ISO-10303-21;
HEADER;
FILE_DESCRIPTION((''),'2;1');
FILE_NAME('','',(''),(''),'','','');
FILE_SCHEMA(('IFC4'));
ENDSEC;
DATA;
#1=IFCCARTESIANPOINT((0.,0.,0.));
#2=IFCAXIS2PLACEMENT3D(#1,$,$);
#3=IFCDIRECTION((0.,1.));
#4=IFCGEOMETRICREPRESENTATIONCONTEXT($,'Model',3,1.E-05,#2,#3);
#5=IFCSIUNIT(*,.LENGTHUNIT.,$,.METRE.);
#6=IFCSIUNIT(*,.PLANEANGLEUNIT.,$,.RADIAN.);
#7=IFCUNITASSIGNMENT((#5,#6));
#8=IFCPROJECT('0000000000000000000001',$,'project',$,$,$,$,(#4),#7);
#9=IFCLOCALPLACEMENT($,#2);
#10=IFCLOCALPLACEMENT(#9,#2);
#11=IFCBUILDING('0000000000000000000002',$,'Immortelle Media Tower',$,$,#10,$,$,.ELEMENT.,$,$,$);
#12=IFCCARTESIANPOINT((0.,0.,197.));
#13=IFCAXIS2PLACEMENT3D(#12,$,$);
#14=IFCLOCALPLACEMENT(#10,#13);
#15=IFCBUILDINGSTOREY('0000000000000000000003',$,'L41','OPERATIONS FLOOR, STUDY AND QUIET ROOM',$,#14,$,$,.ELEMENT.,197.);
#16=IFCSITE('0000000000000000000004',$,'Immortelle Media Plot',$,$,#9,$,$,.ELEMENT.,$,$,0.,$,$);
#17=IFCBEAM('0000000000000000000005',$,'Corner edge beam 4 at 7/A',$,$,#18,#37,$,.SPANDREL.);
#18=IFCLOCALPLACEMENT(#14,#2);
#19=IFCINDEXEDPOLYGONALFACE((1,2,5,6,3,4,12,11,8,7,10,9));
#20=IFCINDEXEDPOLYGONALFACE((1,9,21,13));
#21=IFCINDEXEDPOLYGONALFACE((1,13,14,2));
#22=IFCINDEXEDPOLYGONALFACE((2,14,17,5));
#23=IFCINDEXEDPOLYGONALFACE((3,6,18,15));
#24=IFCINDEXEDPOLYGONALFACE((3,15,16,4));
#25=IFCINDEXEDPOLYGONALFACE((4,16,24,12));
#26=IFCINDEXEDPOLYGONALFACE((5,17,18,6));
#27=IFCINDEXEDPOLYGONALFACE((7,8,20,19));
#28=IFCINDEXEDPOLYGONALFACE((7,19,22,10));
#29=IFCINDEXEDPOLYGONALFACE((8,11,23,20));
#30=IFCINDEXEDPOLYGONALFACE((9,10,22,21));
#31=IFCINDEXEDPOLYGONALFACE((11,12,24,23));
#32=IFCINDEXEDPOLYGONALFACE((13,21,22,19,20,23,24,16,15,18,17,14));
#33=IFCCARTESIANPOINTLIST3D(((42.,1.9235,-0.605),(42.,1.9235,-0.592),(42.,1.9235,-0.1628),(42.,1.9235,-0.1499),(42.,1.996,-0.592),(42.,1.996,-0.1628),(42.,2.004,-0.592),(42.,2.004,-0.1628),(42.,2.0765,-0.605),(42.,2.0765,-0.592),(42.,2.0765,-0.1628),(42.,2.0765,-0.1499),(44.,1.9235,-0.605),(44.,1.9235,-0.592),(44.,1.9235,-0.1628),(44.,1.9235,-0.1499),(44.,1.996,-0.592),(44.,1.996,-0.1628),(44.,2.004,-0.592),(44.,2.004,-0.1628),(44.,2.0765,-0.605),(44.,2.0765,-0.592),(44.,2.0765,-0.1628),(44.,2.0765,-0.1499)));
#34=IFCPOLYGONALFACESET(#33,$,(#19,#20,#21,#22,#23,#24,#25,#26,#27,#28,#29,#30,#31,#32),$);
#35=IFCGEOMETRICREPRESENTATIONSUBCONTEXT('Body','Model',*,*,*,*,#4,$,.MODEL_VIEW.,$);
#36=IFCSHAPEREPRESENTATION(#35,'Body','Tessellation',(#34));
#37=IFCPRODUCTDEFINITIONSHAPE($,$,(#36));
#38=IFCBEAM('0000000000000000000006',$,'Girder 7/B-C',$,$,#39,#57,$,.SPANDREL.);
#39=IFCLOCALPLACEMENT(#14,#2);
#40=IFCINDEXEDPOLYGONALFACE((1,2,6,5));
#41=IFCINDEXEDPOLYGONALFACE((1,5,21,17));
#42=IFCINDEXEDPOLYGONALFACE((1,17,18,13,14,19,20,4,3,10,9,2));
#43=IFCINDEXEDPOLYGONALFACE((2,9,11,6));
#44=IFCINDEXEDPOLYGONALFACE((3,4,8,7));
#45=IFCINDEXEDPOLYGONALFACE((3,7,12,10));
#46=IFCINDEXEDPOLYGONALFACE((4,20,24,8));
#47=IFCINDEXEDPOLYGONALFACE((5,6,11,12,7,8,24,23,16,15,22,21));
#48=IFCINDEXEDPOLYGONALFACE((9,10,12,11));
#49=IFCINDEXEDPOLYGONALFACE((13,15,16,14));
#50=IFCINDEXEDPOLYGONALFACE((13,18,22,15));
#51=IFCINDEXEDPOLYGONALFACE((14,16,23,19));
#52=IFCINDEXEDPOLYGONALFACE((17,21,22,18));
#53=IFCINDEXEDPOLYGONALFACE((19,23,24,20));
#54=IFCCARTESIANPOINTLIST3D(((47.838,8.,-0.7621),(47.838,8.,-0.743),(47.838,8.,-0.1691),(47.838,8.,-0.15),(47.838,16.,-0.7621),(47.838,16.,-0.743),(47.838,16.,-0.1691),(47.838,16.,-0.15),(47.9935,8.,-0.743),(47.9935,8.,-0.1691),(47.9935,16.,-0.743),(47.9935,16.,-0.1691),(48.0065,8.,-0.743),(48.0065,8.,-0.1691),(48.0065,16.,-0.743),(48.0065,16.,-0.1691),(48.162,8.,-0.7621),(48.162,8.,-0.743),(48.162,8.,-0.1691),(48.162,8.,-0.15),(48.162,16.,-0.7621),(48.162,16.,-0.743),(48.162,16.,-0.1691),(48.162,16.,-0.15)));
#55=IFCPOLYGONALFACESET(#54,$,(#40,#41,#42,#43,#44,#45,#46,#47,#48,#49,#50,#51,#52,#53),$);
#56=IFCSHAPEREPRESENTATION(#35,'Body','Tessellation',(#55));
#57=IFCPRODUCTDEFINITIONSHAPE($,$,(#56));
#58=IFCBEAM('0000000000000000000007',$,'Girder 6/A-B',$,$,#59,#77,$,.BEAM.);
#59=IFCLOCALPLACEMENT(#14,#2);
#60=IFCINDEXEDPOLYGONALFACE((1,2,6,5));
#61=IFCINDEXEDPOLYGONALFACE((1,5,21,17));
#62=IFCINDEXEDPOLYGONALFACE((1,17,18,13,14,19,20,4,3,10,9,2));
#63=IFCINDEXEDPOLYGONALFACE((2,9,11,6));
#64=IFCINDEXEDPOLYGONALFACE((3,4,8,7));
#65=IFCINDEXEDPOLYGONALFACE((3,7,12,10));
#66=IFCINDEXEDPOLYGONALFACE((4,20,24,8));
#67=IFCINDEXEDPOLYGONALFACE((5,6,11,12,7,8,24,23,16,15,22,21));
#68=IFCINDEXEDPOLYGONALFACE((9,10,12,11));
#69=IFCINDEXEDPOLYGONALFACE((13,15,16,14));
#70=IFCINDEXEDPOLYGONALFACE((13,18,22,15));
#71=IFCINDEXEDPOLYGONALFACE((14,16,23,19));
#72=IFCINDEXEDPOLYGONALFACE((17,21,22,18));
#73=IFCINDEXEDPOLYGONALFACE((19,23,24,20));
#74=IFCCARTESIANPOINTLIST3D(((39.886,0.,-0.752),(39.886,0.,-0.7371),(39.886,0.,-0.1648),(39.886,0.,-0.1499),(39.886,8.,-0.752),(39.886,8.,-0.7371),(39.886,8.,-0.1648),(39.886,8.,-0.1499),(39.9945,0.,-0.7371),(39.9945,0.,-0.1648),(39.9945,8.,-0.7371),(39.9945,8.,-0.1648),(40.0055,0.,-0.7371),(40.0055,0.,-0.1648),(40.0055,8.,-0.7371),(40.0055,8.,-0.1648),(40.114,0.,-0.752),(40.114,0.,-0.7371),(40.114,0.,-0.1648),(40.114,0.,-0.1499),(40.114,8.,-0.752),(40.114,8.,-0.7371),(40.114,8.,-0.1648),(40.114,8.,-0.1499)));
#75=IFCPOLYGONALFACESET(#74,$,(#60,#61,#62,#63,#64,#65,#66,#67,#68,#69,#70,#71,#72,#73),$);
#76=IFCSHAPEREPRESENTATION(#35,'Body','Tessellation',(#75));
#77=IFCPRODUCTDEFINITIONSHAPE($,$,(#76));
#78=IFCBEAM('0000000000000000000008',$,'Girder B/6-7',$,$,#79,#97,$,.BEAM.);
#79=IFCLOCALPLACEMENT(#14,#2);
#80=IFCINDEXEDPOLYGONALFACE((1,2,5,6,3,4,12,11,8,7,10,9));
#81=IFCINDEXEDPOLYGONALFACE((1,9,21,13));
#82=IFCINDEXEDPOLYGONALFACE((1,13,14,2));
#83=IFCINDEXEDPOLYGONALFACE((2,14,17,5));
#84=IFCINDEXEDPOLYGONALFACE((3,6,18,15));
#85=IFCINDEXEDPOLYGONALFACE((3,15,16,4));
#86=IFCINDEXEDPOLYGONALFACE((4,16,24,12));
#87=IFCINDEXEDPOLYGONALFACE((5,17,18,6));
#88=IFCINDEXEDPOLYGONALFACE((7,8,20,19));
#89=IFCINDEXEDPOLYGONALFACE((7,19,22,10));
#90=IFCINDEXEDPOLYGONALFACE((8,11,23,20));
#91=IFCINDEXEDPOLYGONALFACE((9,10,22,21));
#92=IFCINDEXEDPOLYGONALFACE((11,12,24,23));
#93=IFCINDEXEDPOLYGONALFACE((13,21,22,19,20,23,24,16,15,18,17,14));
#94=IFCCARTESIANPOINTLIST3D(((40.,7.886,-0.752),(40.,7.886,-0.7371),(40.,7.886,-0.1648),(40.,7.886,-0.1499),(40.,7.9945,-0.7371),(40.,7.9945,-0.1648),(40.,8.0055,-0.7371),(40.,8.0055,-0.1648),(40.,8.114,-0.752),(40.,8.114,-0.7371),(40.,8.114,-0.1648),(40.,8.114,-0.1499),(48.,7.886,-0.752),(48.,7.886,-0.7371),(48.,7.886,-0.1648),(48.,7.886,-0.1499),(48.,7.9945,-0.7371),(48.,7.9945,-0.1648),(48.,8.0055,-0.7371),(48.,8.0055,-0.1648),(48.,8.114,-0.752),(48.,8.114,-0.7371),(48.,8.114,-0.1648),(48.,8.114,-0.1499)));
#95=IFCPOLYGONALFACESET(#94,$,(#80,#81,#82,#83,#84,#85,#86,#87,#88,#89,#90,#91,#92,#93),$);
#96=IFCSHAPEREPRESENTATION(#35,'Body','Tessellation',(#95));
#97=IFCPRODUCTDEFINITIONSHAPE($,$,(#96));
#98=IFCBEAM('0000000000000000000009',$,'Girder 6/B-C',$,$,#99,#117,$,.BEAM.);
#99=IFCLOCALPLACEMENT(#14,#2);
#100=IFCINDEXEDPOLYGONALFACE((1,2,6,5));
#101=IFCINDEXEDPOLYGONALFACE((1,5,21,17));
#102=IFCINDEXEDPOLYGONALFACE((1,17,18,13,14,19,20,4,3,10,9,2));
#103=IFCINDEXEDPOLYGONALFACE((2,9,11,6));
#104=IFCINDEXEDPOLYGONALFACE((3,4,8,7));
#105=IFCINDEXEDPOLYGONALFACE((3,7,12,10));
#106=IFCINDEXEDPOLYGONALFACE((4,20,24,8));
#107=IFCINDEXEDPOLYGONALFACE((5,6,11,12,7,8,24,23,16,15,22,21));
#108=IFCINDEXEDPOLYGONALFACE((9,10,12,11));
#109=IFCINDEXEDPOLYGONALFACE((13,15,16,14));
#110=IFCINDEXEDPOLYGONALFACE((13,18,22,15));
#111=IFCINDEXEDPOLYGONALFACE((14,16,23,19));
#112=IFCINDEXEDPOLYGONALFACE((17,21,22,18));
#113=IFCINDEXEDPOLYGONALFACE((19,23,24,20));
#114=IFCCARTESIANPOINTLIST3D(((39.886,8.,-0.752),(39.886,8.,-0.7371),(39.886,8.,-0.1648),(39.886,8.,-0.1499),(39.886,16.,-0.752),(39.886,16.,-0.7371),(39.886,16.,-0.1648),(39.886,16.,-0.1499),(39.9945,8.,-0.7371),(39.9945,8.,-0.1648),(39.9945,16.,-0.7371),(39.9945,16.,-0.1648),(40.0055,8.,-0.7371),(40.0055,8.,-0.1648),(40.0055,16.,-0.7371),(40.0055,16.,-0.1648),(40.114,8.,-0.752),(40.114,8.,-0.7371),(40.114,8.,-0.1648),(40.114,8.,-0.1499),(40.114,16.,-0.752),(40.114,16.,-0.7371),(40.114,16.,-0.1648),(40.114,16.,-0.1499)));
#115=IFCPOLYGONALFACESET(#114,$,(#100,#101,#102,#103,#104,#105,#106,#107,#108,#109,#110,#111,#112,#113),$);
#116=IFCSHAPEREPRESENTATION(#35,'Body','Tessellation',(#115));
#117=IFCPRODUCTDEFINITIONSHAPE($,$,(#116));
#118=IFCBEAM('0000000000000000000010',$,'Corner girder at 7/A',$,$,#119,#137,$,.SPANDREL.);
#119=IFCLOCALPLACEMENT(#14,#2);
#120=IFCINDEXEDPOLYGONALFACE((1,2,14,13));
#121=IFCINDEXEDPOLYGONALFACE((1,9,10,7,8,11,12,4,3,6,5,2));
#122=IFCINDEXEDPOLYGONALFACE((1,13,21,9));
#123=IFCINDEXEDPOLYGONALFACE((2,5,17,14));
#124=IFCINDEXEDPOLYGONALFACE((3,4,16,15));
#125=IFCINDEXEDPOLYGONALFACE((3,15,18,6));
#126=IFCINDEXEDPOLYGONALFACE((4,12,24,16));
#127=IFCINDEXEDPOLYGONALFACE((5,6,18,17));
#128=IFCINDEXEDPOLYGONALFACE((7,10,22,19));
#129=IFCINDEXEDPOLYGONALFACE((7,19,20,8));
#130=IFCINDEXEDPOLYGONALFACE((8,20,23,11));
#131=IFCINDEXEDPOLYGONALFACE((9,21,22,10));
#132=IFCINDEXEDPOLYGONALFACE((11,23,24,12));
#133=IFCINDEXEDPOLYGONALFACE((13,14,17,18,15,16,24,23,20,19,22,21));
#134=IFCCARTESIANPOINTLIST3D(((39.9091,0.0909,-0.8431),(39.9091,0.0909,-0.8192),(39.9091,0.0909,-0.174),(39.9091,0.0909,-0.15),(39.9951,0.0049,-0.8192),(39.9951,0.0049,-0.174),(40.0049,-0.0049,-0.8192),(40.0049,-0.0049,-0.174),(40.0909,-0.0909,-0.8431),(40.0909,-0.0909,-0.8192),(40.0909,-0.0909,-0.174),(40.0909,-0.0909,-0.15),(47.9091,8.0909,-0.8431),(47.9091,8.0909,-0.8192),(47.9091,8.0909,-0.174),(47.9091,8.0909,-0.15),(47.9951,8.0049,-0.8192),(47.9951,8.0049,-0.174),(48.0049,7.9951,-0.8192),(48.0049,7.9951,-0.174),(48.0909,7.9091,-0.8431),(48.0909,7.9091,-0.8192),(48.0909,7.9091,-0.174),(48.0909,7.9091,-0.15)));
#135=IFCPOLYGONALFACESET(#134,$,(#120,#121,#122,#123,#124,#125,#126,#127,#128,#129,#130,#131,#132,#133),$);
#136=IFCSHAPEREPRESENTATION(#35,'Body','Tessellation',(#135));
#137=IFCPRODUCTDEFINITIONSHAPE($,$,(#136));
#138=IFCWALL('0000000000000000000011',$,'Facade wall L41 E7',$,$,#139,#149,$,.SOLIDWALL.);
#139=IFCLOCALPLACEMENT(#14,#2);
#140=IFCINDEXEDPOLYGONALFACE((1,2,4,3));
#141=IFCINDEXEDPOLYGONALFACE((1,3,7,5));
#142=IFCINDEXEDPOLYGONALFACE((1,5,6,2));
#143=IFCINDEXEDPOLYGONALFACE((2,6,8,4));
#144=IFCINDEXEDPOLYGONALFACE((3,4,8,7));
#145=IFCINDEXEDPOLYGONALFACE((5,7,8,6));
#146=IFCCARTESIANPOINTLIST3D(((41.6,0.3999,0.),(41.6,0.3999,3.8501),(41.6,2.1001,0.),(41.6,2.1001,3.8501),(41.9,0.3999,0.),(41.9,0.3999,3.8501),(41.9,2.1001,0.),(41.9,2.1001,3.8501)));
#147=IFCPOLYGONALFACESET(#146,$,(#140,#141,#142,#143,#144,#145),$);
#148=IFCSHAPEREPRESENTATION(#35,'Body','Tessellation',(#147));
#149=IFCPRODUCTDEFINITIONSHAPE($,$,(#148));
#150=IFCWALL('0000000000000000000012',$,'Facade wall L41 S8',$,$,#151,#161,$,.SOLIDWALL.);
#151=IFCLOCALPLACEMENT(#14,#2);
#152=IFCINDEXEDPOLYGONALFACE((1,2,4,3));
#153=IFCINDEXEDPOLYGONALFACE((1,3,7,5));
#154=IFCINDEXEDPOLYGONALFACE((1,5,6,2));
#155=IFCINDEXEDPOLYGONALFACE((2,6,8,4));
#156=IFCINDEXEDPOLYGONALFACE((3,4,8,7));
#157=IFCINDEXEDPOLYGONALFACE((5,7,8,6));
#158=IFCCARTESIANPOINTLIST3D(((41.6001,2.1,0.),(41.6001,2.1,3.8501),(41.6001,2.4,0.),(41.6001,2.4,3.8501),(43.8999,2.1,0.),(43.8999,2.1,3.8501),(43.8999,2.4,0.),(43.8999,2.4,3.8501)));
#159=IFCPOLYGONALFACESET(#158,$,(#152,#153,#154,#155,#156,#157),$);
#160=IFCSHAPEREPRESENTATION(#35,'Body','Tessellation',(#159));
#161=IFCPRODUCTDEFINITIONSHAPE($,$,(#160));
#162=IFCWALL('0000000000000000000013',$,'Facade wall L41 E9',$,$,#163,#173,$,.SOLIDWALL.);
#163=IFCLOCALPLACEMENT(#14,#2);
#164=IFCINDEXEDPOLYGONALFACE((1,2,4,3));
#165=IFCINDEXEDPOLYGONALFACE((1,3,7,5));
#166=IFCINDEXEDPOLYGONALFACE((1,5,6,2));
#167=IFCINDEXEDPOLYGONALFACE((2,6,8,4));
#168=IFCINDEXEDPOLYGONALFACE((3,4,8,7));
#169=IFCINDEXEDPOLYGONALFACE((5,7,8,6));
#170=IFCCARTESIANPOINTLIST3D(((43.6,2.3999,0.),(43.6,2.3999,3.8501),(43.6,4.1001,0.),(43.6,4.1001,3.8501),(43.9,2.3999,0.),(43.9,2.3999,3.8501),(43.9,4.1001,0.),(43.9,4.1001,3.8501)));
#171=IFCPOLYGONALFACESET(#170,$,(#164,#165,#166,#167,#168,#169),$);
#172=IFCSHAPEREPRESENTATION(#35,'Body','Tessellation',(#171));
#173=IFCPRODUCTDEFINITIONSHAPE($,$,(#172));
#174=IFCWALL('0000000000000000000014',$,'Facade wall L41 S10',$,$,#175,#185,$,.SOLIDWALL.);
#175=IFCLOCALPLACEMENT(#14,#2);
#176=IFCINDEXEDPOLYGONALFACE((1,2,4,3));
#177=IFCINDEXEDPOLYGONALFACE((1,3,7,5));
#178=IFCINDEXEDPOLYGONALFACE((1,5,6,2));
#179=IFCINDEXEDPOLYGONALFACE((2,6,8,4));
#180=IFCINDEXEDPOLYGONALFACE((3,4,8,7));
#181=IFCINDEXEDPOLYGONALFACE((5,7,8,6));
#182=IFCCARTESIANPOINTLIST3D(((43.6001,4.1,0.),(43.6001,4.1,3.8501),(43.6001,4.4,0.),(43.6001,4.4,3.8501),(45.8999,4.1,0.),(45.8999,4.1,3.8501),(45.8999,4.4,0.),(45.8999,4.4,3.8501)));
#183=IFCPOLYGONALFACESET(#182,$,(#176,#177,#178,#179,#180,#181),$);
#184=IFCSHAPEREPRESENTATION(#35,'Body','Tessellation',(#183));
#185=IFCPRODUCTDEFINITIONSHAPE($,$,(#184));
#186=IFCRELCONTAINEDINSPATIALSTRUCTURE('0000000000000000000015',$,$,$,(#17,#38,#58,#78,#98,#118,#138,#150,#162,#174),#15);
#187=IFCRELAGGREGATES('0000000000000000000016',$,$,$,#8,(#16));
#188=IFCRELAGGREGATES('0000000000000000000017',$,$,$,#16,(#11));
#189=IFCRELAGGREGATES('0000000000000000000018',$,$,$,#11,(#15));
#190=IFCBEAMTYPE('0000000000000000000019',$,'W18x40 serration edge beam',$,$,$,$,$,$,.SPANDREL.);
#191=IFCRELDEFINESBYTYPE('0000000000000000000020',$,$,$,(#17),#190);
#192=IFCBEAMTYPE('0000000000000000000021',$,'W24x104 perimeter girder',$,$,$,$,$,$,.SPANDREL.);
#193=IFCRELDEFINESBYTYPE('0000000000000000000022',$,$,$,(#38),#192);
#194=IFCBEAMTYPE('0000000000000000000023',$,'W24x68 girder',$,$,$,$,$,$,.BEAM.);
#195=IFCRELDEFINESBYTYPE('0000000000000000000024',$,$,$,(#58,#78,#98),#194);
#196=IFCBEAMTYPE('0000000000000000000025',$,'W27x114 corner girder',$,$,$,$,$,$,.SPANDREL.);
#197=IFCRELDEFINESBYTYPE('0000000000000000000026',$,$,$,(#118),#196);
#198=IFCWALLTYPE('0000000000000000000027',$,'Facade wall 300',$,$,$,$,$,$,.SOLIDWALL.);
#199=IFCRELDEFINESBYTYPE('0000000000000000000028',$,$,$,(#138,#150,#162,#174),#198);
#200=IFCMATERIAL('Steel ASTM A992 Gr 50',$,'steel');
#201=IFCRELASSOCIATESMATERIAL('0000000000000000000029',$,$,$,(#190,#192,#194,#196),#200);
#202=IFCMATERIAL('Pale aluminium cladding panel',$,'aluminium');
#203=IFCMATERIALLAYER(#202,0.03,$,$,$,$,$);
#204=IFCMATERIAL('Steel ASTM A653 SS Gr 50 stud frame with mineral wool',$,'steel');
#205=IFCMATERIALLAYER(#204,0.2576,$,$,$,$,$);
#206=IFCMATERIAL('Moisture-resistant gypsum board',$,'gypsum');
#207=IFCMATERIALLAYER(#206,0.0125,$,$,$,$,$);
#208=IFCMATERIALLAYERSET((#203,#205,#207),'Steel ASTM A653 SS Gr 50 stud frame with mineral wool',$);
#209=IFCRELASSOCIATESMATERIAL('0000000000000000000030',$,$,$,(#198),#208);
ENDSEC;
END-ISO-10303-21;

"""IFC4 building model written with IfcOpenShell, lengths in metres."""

from ifc_helpers import new_model, si_unit, direction, frame, frame_2d, origin, origin_2d, place, context, subcontext, project, spatial, rectangle, i_section, extrude, material, layer, layer_set, material_profile, profile_set, type_object, element, save


model = new_model("IFC4")

# Units and contexts
model_context = context("Model", 3, precision=1e-05, world=origin(), true_north=direction((0.0, 1.0)))
body_context = subcontext(model_context, "Body", "Model", "MODEL_VIEW")
ifc_project = project(units=[si_unit("LENGTHUNIT", "METRE"), si_unit("PLANEANGLEUNIT", "RADIAN")], contexts=[model_context])

# Site, building, storey
site_placement = place(None, origin())
site = spatial("IfcSite", under=ifc_project, at=site_placement, Name="Immortelle Media Plot", CompositionType="ELEMENT", RefElevation=0.0)
building_placement = place(site_placement, origin())
building = spatial("IfcBuilding", under=site, at=building_placement, Name="Immortelle Media Tower", CompositionType="ELEMENT")
storey_placement = place(building_placement, frame((0.0, 0.0, 197.0)))
storey = spatial("IfcBuildingStorey", under=building, at=storey_placement, Name="L41", Description="OPERATIONS FLOOR, STUDY AND QUIET ROOM", CompositionType="ELEMENT", Elevation=197.0)

# Shared definitions
ifc_material_1 = material(Name="Steel ASTM A992 Gr 50", Category="steel")

# Beams
ifc_material_profile_1 = material_profile(ifc_material_1, i_section(OverallWidth=0.1531, OverallDepth=0.4551, WebThickness=0.0081, FlangeThickness=0.0129, at=origin_2d()), Name="W18x40")
ifc_profile_set_1 = profile_set([ifc_material_profile_1], Name="Steel ASTM A992 Gr 50")
beam_type_1 = type_object("IfcBeamType", Name="W18x40 serration edge beam", PredefinedType="SPANDREL", material=ifc_profile_set_1)
for number, where, z_axis, x_axis, name in (
    (1, (44.0, 2.0, -0.3774), (-1.0, 0.0, 0.0), (0.0, -1.0, 0.0), "Corner edge beam 4 at 7/A"),
):
    element("IfcBeam", number, at=place(storey_placement, frame(where, z_axis=z_axis, x_axis=x_axis)), inside=storey, type_object=beam_type_1, Name=name, PredefinedType="SPANDREL", context=body_context, shape_type="SweptSolid", body=[
        extrude(i_section(OverallWidth=0.1531, OverallDepth=0.4551, WebThickness=0.0081, FlangeThickness=0.0129, at=origin_2d()), origin(), (0.0, 0.0, 1.0), 2.0),
    ])
ifc_material_profile_2 = material_profile(ifc_material_1, i_section(OverallWidth=0.324, OverallDepth=0.6121, WebThickness=0.0129, FlangeThickness=0.019, at=origin_2d()), Name="W24x104")
ifc_profile_set_2 = profile_set([ifc_material_profile_2], Name="Steel ASTM A992 Gr 50")
beam_type_2 = type_object("IfcBeamType", Name="W24x104 perimeter girder", PredefinedType="SPANDREL", material=ifc_profile_set_2)
beam_1_placement = place(storey_placement, frame((48.0, 8.0, -0.4561), z_axis=(0.0, 1.0, 0.0), x_axis=(-1.0, 0.0, 0.0)))
element("IfcBeam", 2, at=beam_1_placement, inside=storey, type_object=beam_type_2, Name="Girder 7/B-C", PredefinedType="SPANDREL", context=body_context, shape_type="SweptSolid", body=[
    extrude(i_section(OverallWidth=0.324, OverallDepth=0.6121, WebThickness=0.0129, FlangeThickness=0.019, at=origin_2d()), origin(), (0.0, 0.0, 1.0), 8.0),
])
ifc_material_profile_3 = material_profile(ifc_material_1, i_section(OverallWidth=0.228, OverallDepth=0.6021, WebThickness=0.011, FlangeThickness=0.0149, at=origin_2d()), Name="W24x68")
ifc_profile_set_3 = profile_set([ifc_material_profile_3], Name="Steel ASTM A992 Gr 50")
beam_type_3 = type_object("IfcBeamType", Name="W24x68 girder", PredefinedType="BEAM", material=ifc_profile_set_3)
for number, where, z_axis, x_axis, name in (
    (3, (40.0, 0.0, -0.4509), (0.0, 1.0, 0.0), (-1.0, 0.0, 0.0), "Girder 6/A-B"),
    (4, (40.0, 8.0, -0.4509), (1.0, 0.0, 0.0), (0.0, 1.0, 0.0), "Girder B/6-7"),
    (5, (40.0, 8.0, -0.4509), (0.0, 1.0, 0.0), (-1.0, 0.0, 0.0), "Girder 6/B-C"),
):
    element("IfcBeam", number, at=place(storey_placement, frame(where, z_axis=z_axis, x_axis=x_axis)), inside=storey, type_object=beam_type_3, Name=name, PredefinedType="BEAM", context=body_context, shape_type="SweptSolid", body=[
        extrude(i_section(OverallWidth=0.228, OverallDepth=0.6021, WebThickness=0.011, FlangeThickness=0.0149, at=origin_2d()), origin(), (0.0, 0.0, 1.0), 8.0),
    ])
ifc_material_profile_4 = material_profile(ifc_material_1, i_section(OverallWidth=0.2571, OverallDepth=0.6931, WebThickness=0.0139, FlangeThickness=0.0239, at=origin_2d()), Name="W27x114")
ifc_profile_set_4 = profile_set([ifc_material_profile_4], Name="Steel ASTM A992 Gr 50")
beam_type_4 = type_object("IfcBeamType", Name="W27x114 corner girder", PredefinedType="SPANDREL", material=ifc_profile_set_4)
beam_2_placement = place(storey_placement, frame((48.0, 8.0, -0.4966), z_axis=(-0.707107, -0.707107, 0.0), x_axis=(0.707107, -0.707107, 0.0)))
element("IfcBeam", 6, at=beam_2_placement, inside=storey, type_object=beam_type_4, Name="Corner girder at 7/A", PredefinedType="SPANDREL", context=body_context, shape_type="SweptSolid", body=[
    extrude(i_section(OverallWidth=0.2571, OverallDepth=0.6931, WebThickness=0.0139, FlangeThickness=0.0239, at=origin_2d()), origin(), (0.0, 0.0, 1.0), 11.3137),
])

# Walls
ifc_material_2 = material(Name="Pale aluminium cladding panel", Category="aluminium")
ifc_layer_1 = layer(ifc_material_2, 0.03)
ifc_material_3 = material(Name="Steel ASTM A653 SS Gr 50 stud frame with mineral wool", Category="steel")
ifc_layer_2 = layer(ifc_material_3, 0.2576)
ifc_material_4 = material(Name="Moisture-resistant gypsum board", Category="gypsum")
ifc_layer_3 = layer(ifc_material_4, 0.0125)
ifc_layer_set_1 = layer_set([ifc_layer_1, ifc_layer_2, ifc_layer_3], Name="Steel ASTM A653 SS Gr 50 stud frame with mineral wool")
wall_type_1 = type_object("IfcWallType", Name="Facade wall 300", PredefinedType="SOLIDWALL", material=ifc_layer_set_1)
wall_1_placement = place(storey_placement, frame((41.75, 0.3999, 0.0), z_axis=(0.0, 0.0, 1.0), x_axis=(0.0, 1.0, 0.0)))
element("IfcWall", 7, at=wall_1_placement, inside=storey, type_object=wall_type_1, Name="Facade wall L41 E7", PredefinedType="SOLIDWALL", context=body_context, shape_type="SweptSolid", body=[
    extrude(rectangle(XDim=1.7002, YDim=0.3, at=frame_2d((0.8501, 0.0))), origin(), (0.0, 0.0, 1.0), 3.8501),
])
wall_2_placement = place(storey_placement, frame((41.6001, 2.25, 0.0), z_axis=(0.0, 0.0, 1.0), x_axis=(1.0, 0.0, 0.0)))
element("IfcWall", 8, at=wall_2_placement, inside=storey, type_object=wall_type_1, Name="Facade wall L41 S8", PredefinedType="SOLIDWALL", context=body_context, shape_type="SweptSolid", body=[
    extrude(rectangle(XDim=2.2998, YDim=0.3, at=frame_2d((1.1499, 0.0))), origin(), (0.0, 0.0, 1.0), 3.8501),
])
wall_3_placement = place(storey_placement, frame((43.75, 2.3999, 0.0), z_axis=(0.0, 0.0, 1.0), x_axis=(0.0, 1.0, 0.0)))
element("IfcWall", 9, at=wall_3_placement, inside=storey, type_object=wall_type_1, Name="Facade wall L41 E9", PredefinedType="SOLIDWALL", context=body_context, shape_type="SweptSolid", body=[
    extrude(rectangle(XDim=1.7002, YDim=0.3, at=frame_2d((0.8501, 0.0))), origin(), (0.0, 0.0, 1.0), 3.8501),
])
wall_4_placement = place(storey_placement, frame((43.6001, 4.25, 0.0), z_axis=(0.0, 0.0, 1.0), x_axis=(1.0, 0.0, 0.0)))
element("IfcWall", 10, at=wall_4_placement, inside=storey, type_object=wall_type_1, Name="Facade wall L41 S10", PredefinedType="SOLIDWALL", context=body_context, shape_type="SweptSolid", body=[
    extrude(rectangle(XDim=2.2998, YDim=0.3, at=frame_2d((1.1499, 0.0))), origin(), (0.0, 0.0, 1.0), 3.8501),
])

save(model, "model.ifc")
